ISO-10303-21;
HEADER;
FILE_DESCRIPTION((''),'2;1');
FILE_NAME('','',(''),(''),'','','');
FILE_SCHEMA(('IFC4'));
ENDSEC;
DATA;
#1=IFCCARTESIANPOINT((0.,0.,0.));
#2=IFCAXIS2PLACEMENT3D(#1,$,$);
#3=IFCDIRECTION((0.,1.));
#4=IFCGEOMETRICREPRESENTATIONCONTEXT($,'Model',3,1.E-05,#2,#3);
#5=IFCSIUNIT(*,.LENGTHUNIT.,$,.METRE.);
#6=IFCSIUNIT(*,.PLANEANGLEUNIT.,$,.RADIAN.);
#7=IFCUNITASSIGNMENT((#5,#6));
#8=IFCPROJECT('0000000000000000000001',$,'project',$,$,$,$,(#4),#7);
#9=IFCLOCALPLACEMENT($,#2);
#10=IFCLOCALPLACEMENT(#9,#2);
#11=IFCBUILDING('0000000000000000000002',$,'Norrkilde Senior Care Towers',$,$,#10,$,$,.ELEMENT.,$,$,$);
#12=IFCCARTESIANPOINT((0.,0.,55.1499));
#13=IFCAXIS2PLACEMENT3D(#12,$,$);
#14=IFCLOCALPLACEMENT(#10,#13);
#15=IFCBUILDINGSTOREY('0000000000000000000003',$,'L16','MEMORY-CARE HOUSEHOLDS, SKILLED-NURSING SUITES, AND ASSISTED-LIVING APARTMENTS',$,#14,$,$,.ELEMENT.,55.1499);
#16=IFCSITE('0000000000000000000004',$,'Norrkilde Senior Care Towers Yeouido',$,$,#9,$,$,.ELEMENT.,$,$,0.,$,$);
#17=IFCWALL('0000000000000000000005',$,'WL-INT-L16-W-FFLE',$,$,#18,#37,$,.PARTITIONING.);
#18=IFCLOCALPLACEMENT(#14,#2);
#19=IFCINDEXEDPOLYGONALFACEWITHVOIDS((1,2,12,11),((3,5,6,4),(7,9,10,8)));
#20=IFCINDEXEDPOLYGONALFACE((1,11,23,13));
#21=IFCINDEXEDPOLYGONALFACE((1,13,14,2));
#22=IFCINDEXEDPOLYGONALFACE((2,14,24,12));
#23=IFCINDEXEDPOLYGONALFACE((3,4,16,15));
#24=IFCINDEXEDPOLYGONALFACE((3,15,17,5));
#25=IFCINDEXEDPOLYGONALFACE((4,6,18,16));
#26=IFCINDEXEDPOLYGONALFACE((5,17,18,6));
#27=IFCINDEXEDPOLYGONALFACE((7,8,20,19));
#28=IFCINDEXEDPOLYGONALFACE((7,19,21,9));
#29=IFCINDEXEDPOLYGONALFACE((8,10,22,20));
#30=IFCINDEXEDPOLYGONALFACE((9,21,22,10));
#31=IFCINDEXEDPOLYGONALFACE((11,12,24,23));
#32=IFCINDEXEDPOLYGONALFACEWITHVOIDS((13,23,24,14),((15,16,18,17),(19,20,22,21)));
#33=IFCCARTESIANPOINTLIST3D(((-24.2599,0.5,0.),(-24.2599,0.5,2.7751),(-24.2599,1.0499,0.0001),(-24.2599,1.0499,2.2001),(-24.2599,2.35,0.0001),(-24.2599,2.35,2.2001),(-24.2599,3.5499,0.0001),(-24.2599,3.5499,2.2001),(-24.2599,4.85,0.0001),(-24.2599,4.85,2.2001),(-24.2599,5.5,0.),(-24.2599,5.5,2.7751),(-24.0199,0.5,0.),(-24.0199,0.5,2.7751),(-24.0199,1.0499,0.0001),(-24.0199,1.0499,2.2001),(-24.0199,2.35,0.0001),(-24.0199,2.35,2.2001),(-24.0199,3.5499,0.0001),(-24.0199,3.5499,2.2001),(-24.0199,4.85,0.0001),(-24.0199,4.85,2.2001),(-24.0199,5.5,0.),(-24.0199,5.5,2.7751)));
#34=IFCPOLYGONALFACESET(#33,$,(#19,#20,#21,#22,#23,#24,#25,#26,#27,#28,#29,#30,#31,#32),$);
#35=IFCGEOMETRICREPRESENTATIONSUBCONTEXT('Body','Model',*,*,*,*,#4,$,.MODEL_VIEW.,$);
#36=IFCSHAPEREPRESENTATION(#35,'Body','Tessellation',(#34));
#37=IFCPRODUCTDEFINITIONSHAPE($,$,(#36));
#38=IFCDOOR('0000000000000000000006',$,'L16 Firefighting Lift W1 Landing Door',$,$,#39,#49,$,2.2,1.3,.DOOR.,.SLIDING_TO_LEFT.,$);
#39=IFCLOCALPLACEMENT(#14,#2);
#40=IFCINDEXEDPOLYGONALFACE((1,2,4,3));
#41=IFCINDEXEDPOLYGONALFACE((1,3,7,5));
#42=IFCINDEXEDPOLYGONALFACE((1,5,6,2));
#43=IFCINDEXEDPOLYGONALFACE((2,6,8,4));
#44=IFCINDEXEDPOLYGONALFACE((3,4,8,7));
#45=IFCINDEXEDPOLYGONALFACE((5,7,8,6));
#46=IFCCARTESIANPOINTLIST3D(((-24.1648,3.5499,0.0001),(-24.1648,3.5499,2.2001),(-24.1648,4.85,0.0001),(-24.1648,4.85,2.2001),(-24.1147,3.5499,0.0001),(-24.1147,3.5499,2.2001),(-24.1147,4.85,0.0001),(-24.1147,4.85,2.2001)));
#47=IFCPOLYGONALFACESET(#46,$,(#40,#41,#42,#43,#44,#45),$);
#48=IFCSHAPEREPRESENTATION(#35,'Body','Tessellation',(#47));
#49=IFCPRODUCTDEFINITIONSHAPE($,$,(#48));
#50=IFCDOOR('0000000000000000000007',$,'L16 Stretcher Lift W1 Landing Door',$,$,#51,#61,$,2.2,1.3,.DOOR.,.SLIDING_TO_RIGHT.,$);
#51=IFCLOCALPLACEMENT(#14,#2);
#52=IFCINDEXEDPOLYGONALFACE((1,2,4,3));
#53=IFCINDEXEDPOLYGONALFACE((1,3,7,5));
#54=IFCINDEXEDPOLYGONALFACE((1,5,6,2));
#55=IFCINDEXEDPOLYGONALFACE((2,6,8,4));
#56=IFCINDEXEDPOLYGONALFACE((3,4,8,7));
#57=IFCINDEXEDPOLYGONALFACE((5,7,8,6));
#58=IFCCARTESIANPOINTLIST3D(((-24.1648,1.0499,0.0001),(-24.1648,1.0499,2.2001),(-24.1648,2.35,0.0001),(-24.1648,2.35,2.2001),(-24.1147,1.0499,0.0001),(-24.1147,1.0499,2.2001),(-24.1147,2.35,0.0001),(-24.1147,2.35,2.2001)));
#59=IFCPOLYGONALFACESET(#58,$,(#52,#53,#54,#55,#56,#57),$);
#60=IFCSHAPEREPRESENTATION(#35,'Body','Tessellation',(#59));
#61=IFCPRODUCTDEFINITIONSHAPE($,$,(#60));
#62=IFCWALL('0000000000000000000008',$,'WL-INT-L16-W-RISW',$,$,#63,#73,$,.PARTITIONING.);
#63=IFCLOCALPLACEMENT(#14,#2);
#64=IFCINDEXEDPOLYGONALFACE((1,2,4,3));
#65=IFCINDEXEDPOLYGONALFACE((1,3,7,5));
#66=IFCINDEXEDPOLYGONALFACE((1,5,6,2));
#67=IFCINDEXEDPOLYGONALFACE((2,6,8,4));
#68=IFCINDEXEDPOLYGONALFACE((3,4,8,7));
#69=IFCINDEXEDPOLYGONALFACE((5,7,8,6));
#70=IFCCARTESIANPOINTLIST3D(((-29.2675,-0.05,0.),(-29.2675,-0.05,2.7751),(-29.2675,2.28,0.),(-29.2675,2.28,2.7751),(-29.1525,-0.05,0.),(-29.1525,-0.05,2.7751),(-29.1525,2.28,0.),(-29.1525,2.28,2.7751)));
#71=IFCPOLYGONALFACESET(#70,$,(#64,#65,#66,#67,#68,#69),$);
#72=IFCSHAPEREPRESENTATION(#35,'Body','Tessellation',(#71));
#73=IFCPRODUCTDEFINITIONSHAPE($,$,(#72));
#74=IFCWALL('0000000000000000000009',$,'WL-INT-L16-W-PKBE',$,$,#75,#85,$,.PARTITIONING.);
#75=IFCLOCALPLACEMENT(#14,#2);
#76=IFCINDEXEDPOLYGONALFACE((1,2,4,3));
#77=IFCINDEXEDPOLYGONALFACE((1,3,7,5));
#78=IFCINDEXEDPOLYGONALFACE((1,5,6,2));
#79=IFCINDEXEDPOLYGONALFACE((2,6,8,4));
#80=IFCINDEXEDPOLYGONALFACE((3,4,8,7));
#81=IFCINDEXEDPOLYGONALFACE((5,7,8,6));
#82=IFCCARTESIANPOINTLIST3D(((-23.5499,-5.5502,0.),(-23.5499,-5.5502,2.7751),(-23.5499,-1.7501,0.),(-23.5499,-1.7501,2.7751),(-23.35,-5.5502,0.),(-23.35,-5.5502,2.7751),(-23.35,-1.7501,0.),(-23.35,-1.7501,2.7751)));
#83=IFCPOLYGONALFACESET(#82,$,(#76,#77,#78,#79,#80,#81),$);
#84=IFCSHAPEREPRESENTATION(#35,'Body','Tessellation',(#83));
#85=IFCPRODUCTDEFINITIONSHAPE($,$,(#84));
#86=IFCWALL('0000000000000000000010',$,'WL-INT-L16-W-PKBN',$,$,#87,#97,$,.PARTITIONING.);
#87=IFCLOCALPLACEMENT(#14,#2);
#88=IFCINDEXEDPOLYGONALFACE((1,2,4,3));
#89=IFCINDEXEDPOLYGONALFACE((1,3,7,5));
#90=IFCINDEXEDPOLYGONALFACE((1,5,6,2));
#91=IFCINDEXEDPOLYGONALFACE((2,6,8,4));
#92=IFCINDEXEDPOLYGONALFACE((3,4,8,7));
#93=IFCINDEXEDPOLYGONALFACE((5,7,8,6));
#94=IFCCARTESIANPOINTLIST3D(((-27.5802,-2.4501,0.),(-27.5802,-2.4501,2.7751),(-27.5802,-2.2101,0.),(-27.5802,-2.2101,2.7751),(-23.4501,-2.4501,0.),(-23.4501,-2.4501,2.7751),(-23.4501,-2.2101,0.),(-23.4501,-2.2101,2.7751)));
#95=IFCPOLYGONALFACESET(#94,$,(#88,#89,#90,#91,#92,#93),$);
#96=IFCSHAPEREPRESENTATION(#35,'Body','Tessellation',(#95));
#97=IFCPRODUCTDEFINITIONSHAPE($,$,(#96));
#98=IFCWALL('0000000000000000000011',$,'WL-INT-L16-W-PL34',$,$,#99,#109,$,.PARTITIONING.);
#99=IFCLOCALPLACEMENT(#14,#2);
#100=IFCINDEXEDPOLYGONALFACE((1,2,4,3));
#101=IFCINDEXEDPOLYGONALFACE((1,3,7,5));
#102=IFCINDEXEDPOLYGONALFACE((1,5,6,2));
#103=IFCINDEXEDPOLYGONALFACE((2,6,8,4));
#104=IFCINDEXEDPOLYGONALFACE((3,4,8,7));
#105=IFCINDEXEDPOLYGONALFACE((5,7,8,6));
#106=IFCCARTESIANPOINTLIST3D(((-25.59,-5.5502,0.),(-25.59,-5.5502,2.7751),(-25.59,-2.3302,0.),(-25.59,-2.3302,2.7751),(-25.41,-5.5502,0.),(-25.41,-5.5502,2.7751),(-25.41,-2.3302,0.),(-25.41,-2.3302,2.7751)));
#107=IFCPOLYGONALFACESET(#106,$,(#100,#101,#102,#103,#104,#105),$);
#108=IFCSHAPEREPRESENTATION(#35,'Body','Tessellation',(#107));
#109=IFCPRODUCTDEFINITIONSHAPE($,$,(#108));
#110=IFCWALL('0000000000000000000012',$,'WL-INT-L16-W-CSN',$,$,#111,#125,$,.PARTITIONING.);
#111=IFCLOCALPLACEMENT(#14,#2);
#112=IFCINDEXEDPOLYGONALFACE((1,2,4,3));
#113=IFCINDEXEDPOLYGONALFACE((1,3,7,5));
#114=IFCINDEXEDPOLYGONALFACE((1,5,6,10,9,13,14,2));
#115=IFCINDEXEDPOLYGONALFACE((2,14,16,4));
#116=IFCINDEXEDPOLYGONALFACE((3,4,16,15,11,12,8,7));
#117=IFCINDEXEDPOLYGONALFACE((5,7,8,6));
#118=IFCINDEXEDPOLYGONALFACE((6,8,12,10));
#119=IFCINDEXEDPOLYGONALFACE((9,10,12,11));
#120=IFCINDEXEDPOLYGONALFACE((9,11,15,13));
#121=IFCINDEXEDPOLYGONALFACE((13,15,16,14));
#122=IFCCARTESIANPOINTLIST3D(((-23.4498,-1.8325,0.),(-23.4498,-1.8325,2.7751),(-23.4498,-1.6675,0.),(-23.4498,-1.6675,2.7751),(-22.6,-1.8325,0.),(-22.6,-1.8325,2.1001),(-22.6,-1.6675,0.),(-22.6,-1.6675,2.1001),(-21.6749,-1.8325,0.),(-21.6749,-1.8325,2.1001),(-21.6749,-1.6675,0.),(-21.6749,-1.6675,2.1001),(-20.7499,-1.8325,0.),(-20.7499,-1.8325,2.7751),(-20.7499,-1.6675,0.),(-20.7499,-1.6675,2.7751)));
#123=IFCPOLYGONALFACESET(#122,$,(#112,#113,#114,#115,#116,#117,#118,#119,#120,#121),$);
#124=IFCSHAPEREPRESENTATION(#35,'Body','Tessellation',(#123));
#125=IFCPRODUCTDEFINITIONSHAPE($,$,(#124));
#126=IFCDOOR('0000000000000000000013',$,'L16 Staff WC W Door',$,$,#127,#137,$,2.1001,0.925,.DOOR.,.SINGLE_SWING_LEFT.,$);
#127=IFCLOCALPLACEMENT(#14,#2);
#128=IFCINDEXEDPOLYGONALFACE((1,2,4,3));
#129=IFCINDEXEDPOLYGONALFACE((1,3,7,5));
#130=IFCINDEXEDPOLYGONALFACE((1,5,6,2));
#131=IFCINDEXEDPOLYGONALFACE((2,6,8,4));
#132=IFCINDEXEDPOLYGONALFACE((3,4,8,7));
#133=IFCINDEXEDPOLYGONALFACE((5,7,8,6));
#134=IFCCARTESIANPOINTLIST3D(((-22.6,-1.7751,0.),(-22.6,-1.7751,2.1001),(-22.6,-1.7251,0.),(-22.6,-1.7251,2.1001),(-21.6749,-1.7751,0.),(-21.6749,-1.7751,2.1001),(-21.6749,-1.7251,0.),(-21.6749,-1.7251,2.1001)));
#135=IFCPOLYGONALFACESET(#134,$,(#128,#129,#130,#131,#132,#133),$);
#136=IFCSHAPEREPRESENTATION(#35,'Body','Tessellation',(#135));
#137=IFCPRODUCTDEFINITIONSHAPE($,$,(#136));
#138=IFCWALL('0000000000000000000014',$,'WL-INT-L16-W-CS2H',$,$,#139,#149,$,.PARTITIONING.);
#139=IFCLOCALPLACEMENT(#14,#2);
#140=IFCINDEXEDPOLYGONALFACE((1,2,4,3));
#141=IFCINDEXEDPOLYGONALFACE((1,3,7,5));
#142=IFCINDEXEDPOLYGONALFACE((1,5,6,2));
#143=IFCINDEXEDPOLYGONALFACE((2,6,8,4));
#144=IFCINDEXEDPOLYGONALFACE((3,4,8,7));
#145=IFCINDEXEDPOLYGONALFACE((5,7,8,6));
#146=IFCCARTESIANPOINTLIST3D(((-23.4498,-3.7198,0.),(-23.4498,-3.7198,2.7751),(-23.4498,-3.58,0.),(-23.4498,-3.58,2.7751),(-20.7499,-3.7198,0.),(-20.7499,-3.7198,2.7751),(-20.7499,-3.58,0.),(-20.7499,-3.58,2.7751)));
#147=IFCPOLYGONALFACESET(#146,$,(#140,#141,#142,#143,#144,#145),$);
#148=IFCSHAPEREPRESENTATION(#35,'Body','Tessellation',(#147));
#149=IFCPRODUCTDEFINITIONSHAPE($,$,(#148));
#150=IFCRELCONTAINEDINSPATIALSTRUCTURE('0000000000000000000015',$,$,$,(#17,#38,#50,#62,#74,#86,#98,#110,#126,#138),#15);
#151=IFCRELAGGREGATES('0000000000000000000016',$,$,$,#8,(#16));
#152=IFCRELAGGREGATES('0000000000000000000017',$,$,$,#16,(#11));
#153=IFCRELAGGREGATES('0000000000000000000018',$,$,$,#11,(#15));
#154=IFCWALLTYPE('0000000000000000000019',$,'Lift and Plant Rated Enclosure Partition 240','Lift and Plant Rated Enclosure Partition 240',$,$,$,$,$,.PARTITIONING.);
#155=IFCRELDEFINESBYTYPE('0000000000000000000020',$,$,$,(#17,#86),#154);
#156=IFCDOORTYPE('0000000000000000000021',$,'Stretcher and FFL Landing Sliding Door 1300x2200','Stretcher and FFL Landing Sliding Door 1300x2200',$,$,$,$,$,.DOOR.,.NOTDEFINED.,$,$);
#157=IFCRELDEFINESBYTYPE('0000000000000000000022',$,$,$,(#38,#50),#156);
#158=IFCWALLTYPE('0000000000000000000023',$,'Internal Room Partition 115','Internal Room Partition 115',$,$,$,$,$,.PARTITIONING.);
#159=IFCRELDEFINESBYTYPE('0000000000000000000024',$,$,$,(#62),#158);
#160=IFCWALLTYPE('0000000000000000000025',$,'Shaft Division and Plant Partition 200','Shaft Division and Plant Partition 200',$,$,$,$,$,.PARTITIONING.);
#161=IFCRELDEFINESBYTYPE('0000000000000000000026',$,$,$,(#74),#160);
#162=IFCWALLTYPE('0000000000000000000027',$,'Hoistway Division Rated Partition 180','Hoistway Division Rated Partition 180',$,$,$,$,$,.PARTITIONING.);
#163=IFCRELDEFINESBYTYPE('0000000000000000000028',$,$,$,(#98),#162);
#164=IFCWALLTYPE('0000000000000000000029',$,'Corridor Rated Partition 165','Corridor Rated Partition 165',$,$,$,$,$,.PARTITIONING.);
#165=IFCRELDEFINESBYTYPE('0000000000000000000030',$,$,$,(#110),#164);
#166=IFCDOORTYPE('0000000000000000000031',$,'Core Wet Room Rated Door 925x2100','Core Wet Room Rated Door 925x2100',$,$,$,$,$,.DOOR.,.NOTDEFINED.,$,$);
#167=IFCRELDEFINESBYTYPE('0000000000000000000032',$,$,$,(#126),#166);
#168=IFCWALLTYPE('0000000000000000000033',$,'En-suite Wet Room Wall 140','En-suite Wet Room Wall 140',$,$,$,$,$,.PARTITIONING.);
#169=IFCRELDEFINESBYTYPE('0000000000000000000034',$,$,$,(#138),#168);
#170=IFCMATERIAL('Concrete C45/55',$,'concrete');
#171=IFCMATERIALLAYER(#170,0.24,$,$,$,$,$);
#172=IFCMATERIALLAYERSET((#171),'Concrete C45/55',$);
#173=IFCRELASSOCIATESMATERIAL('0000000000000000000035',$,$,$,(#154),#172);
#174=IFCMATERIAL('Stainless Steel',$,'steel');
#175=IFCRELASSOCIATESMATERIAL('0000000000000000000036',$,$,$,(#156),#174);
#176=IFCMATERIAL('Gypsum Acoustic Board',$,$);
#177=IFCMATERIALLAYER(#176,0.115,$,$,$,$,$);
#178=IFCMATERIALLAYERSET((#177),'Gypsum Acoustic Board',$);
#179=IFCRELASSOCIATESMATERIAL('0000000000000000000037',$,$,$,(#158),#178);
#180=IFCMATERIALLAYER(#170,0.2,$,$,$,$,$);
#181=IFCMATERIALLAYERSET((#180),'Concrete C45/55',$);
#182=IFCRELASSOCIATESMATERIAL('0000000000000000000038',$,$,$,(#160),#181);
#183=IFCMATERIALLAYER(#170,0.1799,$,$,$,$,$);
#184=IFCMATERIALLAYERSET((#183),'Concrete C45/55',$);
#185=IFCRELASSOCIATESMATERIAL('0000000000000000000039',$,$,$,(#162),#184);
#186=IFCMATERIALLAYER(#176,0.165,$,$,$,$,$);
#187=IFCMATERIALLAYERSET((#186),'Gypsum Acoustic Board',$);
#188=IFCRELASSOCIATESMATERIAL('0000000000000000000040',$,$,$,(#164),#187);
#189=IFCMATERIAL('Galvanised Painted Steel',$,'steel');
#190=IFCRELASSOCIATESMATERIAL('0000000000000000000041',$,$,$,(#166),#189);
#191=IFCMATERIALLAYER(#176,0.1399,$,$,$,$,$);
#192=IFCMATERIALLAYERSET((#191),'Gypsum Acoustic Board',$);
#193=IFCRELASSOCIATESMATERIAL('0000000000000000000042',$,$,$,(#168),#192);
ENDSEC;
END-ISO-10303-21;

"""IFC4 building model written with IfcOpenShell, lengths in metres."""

from ifc_helpers import new_model, si_unit, direction, frame, frame_2d, origin, place, context, subcontext, project, spatial, rectangle, extrude, source, transform, mapped, material, layer, layer_set, type_object, type_shapes, element, fill, save


model = new_model("IFC4")

# Units and contexts
model_context = context("Model", 3, precision=1e-05, world=origin(), true_north=direction((0.0, 1.0)))
body_context = subcontext(model_context, "Body", "Model", "MODEL_VIEW")
ifc_project = project(units=[si_unit("LENGTHUNIT", "METRE"), si_unit("PLANEANGLEUNIT", "RADIAN")], contexts=[model_context])

# Site, building, storey
site_placement = place(None, origin())
site = spatial("IfcSite", under=ifc_project, at=site_placement, Name="Norrkilde Senior Care Towers Yeouido", CompositionType="ELEMENT", RefElevation=0.0)
building_placement = place(site_placement, origin())
building = spatial("IfcBuilding", under=site, at=building_placement, Name="Norrkilde Senior Care Towers", CompositionType="ELEMENT")
storey_placement = place(building_placement, frame((0.0, 0.0, 55.1499)))
storey = spatial("IfcBuildingStorey", under=building, at=storey_placement, Name="L16", Description="MEMORY-CARE HOUSEHOLDS, SKILLED-NURSING SUITES, AND ASSISTED-LIVING APARTMENTS", CompositionType="ELEMENT", Elevation=55.1499)

# Shared definitions
ifc_material_1 = material(Name="Concrete C45/55", Category="concrete")

# Wall, openings, doors
ifc_layer_1 = layer(ifc_material_1, 0.24)
ifc_layer_set_1 = layer_set([ifc_layer_1], Name="Concrete C45/55")
wall_type_1 = type_object("IfcWallType", Name="Lift and Plant Rated Enclosure Partition 240", Description="Lift and Plant Rated Enclosure Partition 240", PredefinedType="PARTITIONING", material=ifc_layer_set_1)
shared_shape_1 = source(origin(), body_context, "Body", "SweptSolid", [
    extrude(rectangle(XDim=5.0, YDim=0.24, at=frame_2d((2.5, 0.0))), origin(), (0.0, 0.0, 1.0), 2.7751),
])
wall_1_placement = place(storey_placement, frame((-24.1399, 0.5, 0.0), z_axis=(0.0, 0.0, 1.0), x_axis=(0.0, 1.0, 0.0)))
wall_1 = element("IfcWall", 1, at=wall_1_placement, inside=storey, type_object=wall_type_1, Name="WL-INT-L16-W-FFLE", PredefinedType="PARTITIONING", context=body_context, shape_type="MappedRepresentation", body=[
    mapped(shared_shape_1, transform((0.0, 0.0, 0.0), x_axis=(1.0, 0.0, 0.0), y_axis=(0.0, 1.0, 0.0), z_axis=(0.0, 0.0, 1.0), scale=1.0)),
])
opening_1_placement = place(wall_1_placement, frame((3.05, 0.0, 0.0)))
opening_1 = element("IfcOpeningElement", 2, at=opening_1_placement, cuts=wall_1, PredefinedType="OPENING", context=body_context, shape_type="SweptSolid", body=[
    extrude(rectangle(XDim=1.3, YDim=2.2, at=frame_2d((0.6499, 1.1001))), frame((0.0, 0.1299, 0.0), z_axis=(0.0, -1.0, 0.0), x_axis=(1.0, 0.0, 0.0)), (0.0, 0.0, 1.0), 0.26),
])
opening_2_placement = place(wall_1_placement, frame((0.55, 0.0, 0.0)))
opening_2 = element("IfcOpeningElement", 3, at=opening_2_placement, cuts=wall_1, PredefinedType="OPENING", context=body_context, shape_type="SweptSolid", body=[
    extrude(rectangle(XDim=1.3, YDim=2.2, at=frame_2d((0.6499, 1.1001))), frame((0.0, 0.1299, 0.0), z_axis=(0.0, -1.0, 0.0), x_axis=(1.0, 0.0, 0.0)), (0.0, 0.0, 1.0), 0.26),
])
ifc_material_2 = material(Name="Stainless Steel", Category="steel")
door_type_1 = type_object("IfcDoorType", Name="Stretcher and FFL Landing Sliding Door 1300x2200", Description="Stretcher and FFL Landing Sliding Door 1300x2200", OperationType="NOTDEFINED", PredefinedType="DOOR", material=ifc_material_2)
shared_shape_2 = source(origin(), body_context, "Body", "SweptSolid", [
    extrude(rectangle(XDim=1.3, YDim=2.2, at=frame_2d((0.6499, 1.1001))), frame((0.0, 0.0249, 0.0), z_axis=(0.0, -1.0, 0.0), x_axis=(1.0, 0.0, 0.0)), (0.0, 0.0, 1.0), 0.05),
])
type_shapes(door_type_1, [shared_shape_2])
door_1_placement = place(opening_1_placement, origin())
door_1 = element("IfcDoor", 4, at=door_1_placement, inside=storey, type_object=door_type_1, Name="L16 Firefighting Lift W1 Landing Door", OperationType="SLIDING_TO_LEFT", OverallHeight=2.2, OverallWidth=1.3, PredefinedType="DOOR", context=body_context, shape_type="MappedRepresentation", body=[
    mapped(shared_shape_2, transform((0.0, 0.0, 0.0), x_axis=(1.0, 0.0, 0.0), y_axis=(0.0, 1.0, 0.0), z_axis=(0.0, 0.0, 1.0), scale=1.0)),
])
fill(opening_1, door_1)
door_2_placement = place(opening_2_placement, origin())
door_2 = element("IfcDoor", 5, at=door_2_placement, inside=storey, type_object=door_type_1, Name="L16 Stretcher Lift W1 Landing Door", OperationType="SLIDING_TO_RIGHT", OverallHeight=2.2, OverallWidth=1.3, PredefinedType="DOOR", context=body_context, shape_type="MappedRepresentation", body=[
    mapped(shared_shape_2, transform((0.0, 0.0, 0.0), x_axis=(1.0, 0.0, 0.0), y_axis=(0.0, 1.0, 0.0), z_axis=(0.0, 0.0, 1.0), scale=1.0)),
])
fill(opening_2, door_2)

# Shared definitions
ifc_material_3 = material(Name="Galvanised Painted Steel", Category="steel")

# Walls
ifc_material_4 = material(Name="Gypsum Acoustic Board")
ifc_layer_2 = layer(ifc_material_4, 0.115)
ifc_layer_set_2 = layer_set([ifc_layer_2], Name="Gypsum Acoustic Board")
wall_type_2 = type_object("IfcWallType", Name="Internal Room Partition 115", Description="Internal Room Partition 115", PredefinedType="PARTITIONING", material=ifc_layer_set_2)
shared_shape_3 = source(origin(), body_context, "Body", "SweptSolid", [
    extrude(rectangle(XDim=2.3301, YDim=0.115, at=frame_2d((1.165, 0.0))), origin(), (0.0, 0.0, 1.0), 2.7751),
])
type_shapes(wall_type_2, [shared_shape_3])
wall_2_placement = place(storey_placement, frame((-29.21, -0.05, 0.0), z_axis=(0.0, 0.0, 1.0), x_axis=(0.0, 1.0, 0.0)))
element("IfcWall", 6, at=wall_2_placement, inside=storey, type_object=wall_type_2, Name="WL-INT-L16-W-RISW", PredefinedType="PARTITIONING", context=body_context, shape_type="MappedRepresentation", body=[
    mapped(shared_shape_3, transform((0.0, 0.0, 0.0), x_axis=(1.0, 0.0, 0.0), y_axis=(0.0, 1.0, 0.0), z_axis=(0.0, 0.0, 1.0), scale=1.0)),
])
ifc_layer_3 = layer(ifc_material_1, 0.2)
ifc_layer_set_3 = layer_set([ifc_layer_3], Name="Concrete C45/55")
wall_type_3 = type_object("IfcWallType", Name="Shaft Division and Plant Partition 200", Description="Shaft Division and Plant Partition 200", PredefinedType="PARTITIONING", material=ifc_layer_set_3)
shared_shape_4 = source(origin(), body_context, "Body", "SweptSolid", [
    extrude(rectangle(XDim=3.8, YDim=0.2, at=frame_2d((1.8999, 0.0))), origin(), (0.0, 0.0, 1.0), 2.7751),
])
type_shapes(wall_type_3, [shared_shape_4])
wall_3_placement = place(storey_placement, frame((-23.45, -5.55, 0.0), z_axis=(0.0, 0.0, 1.0), x_axis=(0.0, 1.0, 0.0)))
element("IfcWall", 7, at=wall_3_placement, inside=storey, type_object=wall_type_3, Name="WL-INT-L16-W-PKBE", PredefinedType="PARTITIONING", context=body_context, shape_type="MappedRepresentation", body=[
    mapped(shared_shape_4, transform((0.0, 0.0, 0.0), x_axis=(1.0, 0.0, 0.0), y_axis=(0.0, 1.0, 0.0), z_axis=(0.0, 0.0, 1.0), scale=1.0)),
])
shared_shape_5 = source(origin(), body_context, "Body", "SweptSolid", [
    extrude(rectangle(XDim=4.1301, YDim=0.24, at=frame_2d((2.0649, 0.0))), origin(), (0.0, 0.0, 1.0), 2.7751),
])
type_shapes(wall_type_1, [shared_shape_1, shared_shape_5])
wall_4_placement = place(storey_placement, frame((-27.5801, -2.3301, 0.0), z_axis=(0.0, 0.0, 1.0), x_axis=(1.0, 0.0, 0.0)))
element("IfcWall", 8, at=wall_4_placement, inside=storey, type_object=wall_type_1, Name="WL-INT-L16-W-PKBN", PredefinedType="PARTITIONING", context=body_context, shape_type="MappedRepresentation", body=[
    mapped(shared_shape_5, transform((0.0, 0.0, 0.0), x_axis=(1.0, 0.0, 0.0), y_axis=(0.0, 1.0, 0.0), z_axis=(0.0, 0.0, 1.0), scale=1.0)),
])
ifc_layer_4 = layer(ifc_material_1, 0.1799)
ifc_layer_set_4 = layer_set([ifc_layer_4], Name="Concrete C45/55")
wall_type_4 = type_object("IfcWallType", Name="Hoistway Division Rated Partition 180", Description="Hoistway Division Rated Partition 180", PredefinedType="PARTITIONING", material=ifc_layer_set_4)
shared_shape_6 = source(origin(), body_context, "Body", "SweptSolid", [
    extrude(rectangle(XDim=3.22, YDim=0.1799, at=frame_2d((1.6099, 0.0))), origin(), (0.0, 0.0, 1.0), 2.7751),
])
type_shapes(wall_type_4, [shared_shape_6])
wall_5_placement = place(storey_placement, frame((-25.5, -5.55, 0.0), z_axis=(0.0, 0.0, 1.0), x_axis=(0.0, 1.0, 0.0)))
element("IfcWall", 9, at=wall_5_placement, inside=storey, type_object=wall_type_4, Name="WL-INT-L16-W-PL34", PredefinedType="PARTITIONING", context=body_context, shape_type="MappedRepresentation", body=[
    mapped(shared_shape_6, transform((0.0, 0.0, 0.0), x_axis=(1.0, 0.0, 0.0), y_axis=(0.0, 1.0, 0.0), z_axis=(0.0, 0.0, 1.0), scale=1.0)),
])

# Wall, opening, door
ifc_layer_5 = layer(ifc_material_4, 0.165)
ifc_layer_set_5 = layer_set([ifc_layer_5], Name="Gypsum Acoustic Board")
wall_type_5 = type_object("IfcWallType", Name="Corridor Rated Partition 165", Description="Corridor Rated Partition 165", PredefinedType="PARTITIONING", material=ifc_layer_set_5)
shared_shape_7 = source(origin(), body_context, "Body", "SweptSolid", [
    extrude(rectangle(XDim=2.7, YDim=0.165, at=frame_2d((1.3501, 0.0))), origin(), (0.0, 0.0, 1.0), 2.7751),
])
type_shapes(wall_type_5, [shared_shape_7])
wall_6_placement = place(storey_placement, frame((-23.45, -1.75, 0.0), z_axis=(0.0, 0.0, 1.0), x_axis=(1.0, 0.0, 0.0)))
wall_6 = element("IfcWall", 10, at=wall_6_placement, inside=storey, type_object=wall_type_5, Name="WL-INT-L16-W-CSN", PredefinedType="PARTITIONING", context=body_context, shape_type="MappedRepresentation", body=[
    mapped(shared_shape_7, transform((0.0, 0.0, 0.0), x_axis=(1.0, 0.0, 0.0), y_axis=(0.0, 1.0, 0.0), z_axis=(0.0, 0.0, 1.0), scale=1.0)),
])
opening_3_placement = place(wall_6_placement, frame((0.8501, 0.0, 0.0)))
opening_3 = element("IfcOpeningElement", 11, at=opening_3_placement, cuts=wall_6, PredefinedType="OPENING", context=body_context, shape_type="SweptSolid", body=[
    extrude(rectangle(XDim=0.925, YDim=2.1001, at=frame_2d((0.4624, 1.05))), frame((0.0, 0.0925, 0.0), z_axis=(0.0, -1.0, 0.0), x_axis=(1.0, 0.0, 0.0)), (0.0, 0.0, 1.0), 0.1851),
])
door_type_2 = type_object("IfcDoorType", Name="Core Wet Room Rated Door 925x2100", Description="Core Wet Room Rated Door 925x2100", OperationType="NOTDEFINED", PredefinedType="DOOR", material=ifc_material_3)
shared_shape_8 = source(origin(), body_context, "Body", "SweptSolid", [
    extrude(rectangle(XDim=0.925, YDim=2.1001, at=frame_2d((0.4624, 1.05))), frame((0.0, 0.0249, 0.0), z_axis=(0.0, -1.0, 0.0), x_axis=(1.0, 0.0, 0.0)), (0.0, 0.0, 1.0), 0.05),
])
type_shapes(door_type_2, [shared_shape_8])
door_3_placement = place(opening_3_placement, origin())
door_3 = element("IfcDoor", 12, at=door_3_placement, inside=storey, type_object=door_type_2, Name="L16 Staff WC W Door", OperationType="SINGLE_SWING_LEFT", OverallHeight=2.1001, OverallWidth=0.925, PredefinedType="DOOR", context=body_context, shape_type="MappedRepresentation", body=[
    mapped(shared_shape_8, transform((0.0, 0.0, 0.0), x_axis=(1.0, 0.0, 0.0), y_axis=(0.0, 1.0, 0.0), z_axis=(0.0, 0.0, 1.0), scale=1.0)),
])
fill(opening_3, door_3)

# Wall
ifc_layer_6 = layer(ifc_material_4, 0.1399)
ifc_layer_set_6 = layer_set([ifc_layer_6], Name="Gypsum Acoustic Board")
wall_type_6 = type_object("IfcWallType", Name="En-suite Wet Room Wall 140", Description="En-suite Wet Room Wall 140", PredefinedType="PARTITIONING", material=ifc_layer_set_6)
shared_shape_9 = source(origin(), body_context, "Body", "SweptSolid", [
    extrude(rectangle(XDim=2.7, YDim=0.1399, at=frame_2d((1.3501, 0.0))), origin(), (0.0, 0.0, 1.0), 2.7751),
])
type_shapes(wall_type_6, [shared_shape_9])
wall_7_placement = place(storey_placement, frame((-23.45, -3.6499, 0.0), z_axis=(0.0, 0.0, 1.0), x_axis=(1.0, 0.0, 0.0)))
element("IfcWall", 13, at=wall_7_placement, inside=storey, type_object=wall_type_6, Name="WL-INT-L16-W-CS2H", PredefinedType="PARTITIONING", context=body_context, shape_type="MappedRepresentation", body=[
    mapped(shared_shape_9, transform((0.0, 0.0, 0.0), x_axis=(1.0, 0.0, 0.0), y_axis=(0.0, 1.0, 0.0), z_axis=(0.0, 0.0, 1.0), scale=1.0)),
])

save(model, "model.ifc")
